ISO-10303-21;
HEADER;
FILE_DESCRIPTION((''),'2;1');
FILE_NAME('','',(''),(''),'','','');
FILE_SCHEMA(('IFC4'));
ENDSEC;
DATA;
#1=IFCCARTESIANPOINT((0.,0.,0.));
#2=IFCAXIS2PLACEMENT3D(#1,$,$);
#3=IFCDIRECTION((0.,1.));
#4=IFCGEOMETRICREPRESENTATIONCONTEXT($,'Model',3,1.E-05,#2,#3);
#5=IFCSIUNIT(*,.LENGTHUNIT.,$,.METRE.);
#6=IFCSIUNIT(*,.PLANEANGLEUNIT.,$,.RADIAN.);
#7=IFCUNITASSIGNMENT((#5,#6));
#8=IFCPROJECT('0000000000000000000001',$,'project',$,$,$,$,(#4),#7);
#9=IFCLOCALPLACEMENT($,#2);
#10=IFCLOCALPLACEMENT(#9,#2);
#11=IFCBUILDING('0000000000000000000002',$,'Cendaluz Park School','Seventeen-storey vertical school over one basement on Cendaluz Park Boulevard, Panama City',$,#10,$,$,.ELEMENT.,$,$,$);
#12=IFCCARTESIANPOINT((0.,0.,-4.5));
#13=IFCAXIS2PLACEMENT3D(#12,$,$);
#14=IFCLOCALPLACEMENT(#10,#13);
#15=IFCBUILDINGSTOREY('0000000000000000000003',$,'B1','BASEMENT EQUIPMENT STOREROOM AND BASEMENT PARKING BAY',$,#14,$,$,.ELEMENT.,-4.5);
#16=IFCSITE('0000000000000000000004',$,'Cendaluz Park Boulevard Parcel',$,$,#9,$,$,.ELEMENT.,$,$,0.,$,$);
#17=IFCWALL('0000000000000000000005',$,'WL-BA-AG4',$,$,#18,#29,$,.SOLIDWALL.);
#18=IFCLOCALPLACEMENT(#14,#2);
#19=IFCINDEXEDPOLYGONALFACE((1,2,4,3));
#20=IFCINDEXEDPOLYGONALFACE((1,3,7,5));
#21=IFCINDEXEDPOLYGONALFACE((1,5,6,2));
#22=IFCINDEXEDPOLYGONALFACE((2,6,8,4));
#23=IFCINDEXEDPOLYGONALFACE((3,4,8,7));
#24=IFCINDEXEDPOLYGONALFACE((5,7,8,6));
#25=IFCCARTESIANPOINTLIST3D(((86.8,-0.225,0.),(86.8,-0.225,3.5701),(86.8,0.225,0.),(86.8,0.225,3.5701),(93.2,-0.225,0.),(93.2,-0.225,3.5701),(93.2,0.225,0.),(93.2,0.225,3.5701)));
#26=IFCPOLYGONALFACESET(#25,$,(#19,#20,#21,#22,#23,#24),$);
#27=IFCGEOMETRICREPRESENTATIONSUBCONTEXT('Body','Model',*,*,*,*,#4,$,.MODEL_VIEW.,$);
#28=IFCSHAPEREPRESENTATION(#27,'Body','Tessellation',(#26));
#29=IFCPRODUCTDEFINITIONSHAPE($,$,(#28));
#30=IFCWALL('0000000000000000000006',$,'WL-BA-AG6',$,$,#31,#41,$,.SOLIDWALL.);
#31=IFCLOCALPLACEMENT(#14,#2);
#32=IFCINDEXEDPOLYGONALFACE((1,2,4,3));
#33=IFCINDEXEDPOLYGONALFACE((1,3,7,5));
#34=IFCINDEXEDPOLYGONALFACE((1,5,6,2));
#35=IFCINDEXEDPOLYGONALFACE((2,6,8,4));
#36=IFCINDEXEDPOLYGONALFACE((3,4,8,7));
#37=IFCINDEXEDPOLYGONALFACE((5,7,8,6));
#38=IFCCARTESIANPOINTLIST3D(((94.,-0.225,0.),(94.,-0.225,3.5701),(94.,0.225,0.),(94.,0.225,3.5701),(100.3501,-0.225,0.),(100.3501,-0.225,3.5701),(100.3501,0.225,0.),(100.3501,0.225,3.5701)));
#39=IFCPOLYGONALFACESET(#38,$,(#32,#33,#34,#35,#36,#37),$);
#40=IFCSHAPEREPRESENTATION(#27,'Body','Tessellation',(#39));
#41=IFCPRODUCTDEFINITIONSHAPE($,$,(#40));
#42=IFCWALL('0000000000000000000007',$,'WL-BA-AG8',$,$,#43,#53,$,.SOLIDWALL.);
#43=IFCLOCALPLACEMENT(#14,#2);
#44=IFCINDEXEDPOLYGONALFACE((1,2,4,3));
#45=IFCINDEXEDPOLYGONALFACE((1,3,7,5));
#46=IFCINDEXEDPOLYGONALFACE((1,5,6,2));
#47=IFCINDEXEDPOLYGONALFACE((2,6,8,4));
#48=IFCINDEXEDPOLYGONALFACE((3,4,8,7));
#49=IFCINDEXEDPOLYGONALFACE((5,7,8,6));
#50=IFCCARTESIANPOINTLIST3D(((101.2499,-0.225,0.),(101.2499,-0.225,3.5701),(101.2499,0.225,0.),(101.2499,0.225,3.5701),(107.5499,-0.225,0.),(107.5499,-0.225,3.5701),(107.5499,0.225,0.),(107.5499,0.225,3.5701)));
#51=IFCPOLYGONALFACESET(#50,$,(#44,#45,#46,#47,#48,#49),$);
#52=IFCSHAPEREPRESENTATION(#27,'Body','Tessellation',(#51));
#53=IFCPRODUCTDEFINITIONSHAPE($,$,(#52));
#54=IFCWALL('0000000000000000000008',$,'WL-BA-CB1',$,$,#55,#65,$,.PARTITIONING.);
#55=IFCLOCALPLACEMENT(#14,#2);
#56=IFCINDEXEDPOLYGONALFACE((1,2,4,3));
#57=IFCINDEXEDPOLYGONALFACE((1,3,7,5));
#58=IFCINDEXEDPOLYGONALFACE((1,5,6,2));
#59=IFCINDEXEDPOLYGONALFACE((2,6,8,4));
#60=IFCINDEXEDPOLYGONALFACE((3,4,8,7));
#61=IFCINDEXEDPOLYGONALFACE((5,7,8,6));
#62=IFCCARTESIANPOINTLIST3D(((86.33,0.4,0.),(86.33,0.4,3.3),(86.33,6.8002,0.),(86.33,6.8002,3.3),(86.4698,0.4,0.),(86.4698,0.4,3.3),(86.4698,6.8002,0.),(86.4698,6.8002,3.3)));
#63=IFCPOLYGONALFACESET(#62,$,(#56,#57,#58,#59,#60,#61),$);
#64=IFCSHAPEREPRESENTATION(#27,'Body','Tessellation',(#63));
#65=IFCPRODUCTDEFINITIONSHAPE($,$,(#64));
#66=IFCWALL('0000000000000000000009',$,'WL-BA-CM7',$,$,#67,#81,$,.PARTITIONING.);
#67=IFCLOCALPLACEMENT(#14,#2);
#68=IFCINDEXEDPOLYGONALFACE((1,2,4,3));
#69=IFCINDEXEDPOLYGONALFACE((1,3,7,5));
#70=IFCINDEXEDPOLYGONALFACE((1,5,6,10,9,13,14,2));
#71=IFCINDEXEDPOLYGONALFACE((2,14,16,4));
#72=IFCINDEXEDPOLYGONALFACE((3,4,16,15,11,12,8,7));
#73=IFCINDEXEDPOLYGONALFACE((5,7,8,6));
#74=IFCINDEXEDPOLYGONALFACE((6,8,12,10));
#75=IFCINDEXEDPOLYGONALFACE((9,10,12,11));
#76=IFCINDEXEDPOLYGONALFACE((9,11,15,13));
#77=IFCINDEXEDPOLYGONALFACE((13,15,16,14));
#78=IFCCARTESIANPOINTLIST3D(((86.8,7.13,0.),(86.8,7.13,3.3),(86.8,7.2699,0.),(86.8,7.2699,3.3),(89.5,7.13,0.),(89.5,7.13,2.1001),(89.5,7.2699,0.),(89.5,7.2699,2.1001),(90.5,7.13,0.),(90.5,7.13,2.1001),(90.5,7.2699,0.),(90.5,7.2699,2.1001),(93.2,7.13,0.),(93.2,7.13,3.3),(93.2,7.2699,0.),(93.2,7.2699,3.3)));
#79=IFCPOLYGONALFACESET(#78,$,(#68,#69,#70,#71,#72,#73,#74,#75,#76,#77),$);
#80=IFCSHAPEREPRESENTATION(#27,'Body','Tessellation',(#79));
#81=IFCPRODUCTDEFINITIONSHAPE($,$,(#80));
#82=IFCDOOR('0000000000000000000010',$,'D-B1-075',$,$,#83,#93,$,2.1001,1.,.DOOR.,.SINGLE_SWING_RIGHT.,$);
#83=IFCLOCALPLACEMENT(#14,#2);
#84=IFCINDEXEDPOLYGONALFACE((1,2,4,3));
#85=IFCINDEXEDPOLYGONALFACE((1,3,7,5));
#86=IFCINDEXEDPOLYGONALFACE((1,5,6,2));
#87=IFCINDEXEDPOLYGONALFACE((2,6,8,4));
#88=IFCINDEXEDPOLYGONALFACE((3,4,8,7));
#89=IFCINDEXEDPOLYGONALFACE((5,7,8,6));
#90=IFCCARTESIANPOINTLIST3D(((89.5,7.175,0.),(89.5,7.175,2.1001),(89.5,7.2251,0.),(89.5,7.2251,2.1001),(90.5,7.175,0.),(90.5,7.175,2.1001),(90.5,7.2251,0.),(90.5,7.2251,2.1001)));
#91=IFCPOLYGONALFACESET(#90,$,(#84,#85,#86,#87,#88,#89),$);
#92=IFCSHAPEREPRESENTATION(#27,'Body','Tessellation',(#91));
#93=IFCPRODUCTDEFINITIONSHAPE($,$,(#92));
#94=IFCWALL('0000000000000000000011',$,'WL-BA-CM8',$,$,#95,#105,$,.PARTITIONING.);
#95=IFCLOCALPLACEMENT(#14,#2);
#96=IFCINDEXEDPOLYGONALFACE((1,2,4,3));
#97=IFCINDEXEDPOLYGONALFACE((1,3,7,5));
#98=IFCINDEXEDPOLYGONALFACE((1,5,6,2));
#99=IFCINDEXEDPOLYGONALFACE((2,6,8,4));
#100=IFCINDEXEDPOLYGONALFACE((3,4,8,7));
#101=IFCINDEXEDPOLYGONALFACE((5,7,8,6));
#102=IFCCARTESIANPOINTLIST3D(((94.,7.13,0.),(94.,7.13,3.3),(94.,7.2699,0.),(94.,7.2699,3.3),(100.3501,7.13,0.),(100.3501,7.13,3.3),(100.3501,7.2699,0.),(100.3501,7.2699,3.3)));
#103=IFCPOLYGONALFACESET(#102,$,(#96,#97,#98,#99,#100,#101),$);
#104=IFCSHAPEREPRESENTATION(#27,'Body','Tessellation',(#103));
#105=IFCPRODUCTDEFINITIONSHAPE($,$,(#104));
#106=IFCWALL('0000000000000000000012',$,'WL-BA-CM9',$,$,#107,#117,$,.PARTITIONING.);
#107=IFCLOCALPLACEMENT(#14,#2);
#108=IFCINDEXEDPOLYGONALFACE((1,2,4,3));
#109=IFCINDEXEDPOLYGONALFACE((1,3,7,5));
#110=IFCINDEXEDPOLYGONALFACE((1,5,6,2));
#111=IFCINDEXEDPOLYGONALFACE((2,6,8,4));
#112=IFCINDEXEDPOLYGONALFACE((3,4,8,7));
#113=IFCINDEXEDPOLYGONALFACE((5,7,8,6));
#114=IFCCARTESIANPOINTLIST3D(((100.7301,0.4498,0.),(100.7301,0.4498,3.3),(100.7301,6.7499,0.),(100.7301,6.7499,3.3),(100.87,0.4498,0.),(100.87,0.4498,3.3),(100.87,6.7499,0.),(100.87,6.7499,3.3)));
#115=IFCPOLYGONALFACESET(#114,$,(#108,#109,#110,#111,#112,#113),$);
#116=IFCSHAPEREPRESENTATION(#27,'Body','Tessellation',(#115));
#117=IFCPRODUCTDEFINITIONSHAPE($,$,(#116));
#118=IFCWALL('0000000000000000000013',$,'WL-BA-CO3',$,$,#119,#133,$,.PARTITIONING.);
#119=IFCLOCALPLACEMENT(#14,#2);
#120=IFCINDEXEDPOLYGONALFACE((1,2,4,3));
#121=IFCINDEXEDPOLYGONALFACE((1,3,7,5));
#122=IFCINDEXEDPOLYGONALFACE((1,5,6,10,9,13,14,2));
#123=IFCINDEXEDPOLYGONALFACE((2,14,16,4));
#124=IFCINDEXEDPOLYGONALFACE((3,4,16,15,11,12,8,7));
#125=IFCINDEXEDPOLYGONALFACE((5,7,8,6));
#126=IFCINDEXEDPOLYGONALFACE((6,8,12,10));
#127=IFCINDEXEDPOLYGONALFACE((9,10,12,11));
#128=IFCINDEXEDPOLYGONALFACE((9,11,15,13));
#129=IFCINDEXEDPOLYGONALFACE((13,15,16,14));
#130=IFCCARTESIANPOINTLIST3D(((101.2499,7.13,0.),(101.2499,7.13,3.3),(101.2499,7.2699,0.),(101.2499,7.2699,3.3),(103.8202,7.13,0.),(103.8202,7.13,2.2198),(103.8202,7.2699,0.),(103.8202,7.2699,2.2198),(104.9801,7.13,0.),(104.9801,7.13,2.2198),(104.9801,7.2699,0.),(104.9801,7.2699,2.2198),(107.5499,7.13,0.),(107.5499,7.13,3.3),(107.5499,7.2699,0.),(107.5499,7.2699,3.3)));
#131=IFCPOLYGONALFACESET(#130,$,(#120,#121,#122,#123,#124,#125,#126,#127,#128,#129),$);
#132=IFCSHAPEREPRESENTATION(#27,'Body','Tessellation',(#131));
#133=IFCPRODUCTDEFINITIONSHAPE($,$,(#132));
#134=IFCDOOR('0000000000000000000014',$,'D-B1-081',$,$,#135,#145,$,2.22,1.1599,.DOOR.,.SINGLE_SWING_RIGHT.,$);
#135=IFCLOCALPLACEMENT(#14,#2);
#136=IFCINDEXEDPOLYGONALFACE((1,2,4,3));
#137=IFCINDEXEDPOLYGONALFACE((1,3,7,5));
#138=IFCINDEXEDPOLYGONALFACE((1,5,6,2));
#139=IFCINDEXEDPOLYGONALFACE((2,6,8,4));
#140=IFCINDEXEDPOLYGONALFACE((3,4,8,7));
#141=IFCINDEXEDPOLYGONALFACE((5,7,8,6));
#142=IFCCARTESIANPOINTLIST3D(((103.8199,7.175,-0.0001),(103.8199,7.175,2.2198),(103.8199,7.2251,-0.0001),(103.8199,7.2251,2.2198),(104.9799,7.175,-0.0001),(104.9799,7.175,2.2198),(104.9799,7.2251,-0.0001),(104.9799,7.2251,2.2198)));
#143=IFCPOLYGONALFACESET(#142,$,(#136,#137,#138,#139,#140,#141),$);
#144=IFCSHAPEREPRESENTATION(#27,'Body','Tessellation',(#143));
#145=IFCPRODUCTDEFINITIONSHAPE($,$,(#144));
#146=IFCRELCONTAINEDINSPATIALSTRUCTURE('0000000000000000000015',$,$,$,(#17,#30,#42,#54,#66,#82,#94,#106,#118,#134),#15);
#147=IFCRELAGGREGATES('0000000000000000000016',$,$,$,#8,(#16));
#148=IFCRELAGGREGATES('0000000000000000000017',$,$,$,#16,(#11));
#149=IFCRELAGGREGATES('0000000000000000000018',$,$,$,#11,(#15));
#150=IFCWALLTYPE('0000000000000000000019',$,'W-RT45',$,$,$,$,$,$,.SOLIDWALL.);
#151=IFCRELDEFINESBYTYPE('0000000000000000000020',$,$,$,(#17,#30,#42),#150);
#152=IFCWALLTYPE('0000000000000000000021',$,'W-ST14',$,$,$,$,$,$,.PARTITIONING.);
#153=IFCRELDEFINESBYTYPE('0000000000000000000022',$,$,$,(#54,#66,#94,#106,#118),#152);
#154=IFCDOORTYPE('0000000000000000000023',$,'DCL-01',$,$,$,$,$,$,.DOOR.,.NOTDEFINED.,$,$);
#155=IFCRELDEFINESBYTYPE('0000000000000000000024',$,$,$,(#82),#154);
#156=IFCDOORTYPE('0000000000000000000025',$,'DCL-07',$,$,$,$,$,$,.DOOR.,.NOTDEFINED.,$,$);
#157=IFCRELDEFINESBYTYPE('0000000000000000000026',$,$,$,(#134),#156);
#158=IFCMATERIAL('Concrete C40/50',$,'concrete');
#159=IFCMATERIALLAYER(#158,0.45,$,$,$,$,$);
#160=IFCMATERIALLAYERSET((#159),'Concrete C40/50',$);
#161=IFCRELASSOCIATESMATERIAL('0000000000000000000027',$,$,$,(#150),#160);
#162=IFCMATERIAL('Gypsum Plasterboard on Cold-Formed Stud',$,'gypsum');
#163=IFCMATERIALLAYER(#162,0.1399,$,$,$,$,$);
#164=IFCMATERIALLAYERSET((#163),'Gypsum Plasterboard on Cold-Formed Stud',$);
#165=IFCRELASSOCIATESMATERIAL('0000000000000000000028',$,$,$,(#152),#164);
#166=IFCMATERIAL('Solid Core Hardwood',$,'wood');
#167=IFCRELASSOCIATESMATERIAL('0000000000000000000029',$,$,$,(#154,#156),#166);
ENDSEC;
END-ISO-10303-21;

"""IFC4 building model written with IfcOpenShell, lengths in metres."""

from ifc_helpers import new_model, si_unit, direction, frame, frame_2d, origin, place, context, subcontext, project, spatial, rectangle, extrude, material, layer, layer_set, type_object, element, fill, save


model = new_model("IFC4")

# Units and contexts
model_context = context("Model", 3, precision=1e-05, world=origin(), true_north=direction((0.0, 1.0)))
body_context = subcontext(model_context, "Body", "Model", "MODEL_VIEW")
ifc_project = project(units=[si_unit("LENGTHUNIT", "METRE"), si_unit("PLANEANGLEUNIT", "RADIAN")], contexts=[model_context])

# Site, building, storey
site_placement = place(None, origin())
site = spatial("IfcSite", under=ifc_project, at=site_placement, Name="Cendaluz Park Boulevard Parcel", CompositionType="ELEMENT", RefElevation=0.0)
building_placement = place(site_placement, origin())
building = spatial("IfcBuilding", under=site, at=building_placement, Name="Cendaluz Park School", Description="Seventeen-storey vertical school over one basement on Cendaluz Park Boulevard, Panama City", CompositionType="ELEMENT")
storey_placement = place(building_placement, frame((0.0, 0.0, -4.5)))
storey = spatial("IfcBuildingStorey", under=building, at=storey_placement, Name="B1", Description="BASEMENT EQUIPMENT STOREROOM AND BASEMENT PARKING BAY", CompositionType="ELEMENT", Elevation=-4.5)

# Shared definitions
ifc_material_1 = material(Name="Concrete C40/50", Category="concrete")

# Walls
ifc_layer_1 = layer(ifc_material_1, 0.45)
ifc_layer_set_1 = layer_set([ifc_layer_1], Name="Concrete C40/50")
wall_type_1 = type_object("IfcWallType", Name="W-RT45", PredefinedType="SOLIDWALL", material=ifc_layer_set_1)
wall_1_placement = place(storey_placement, frame((86.8, 0.0, 0.0), z_axis=(0.0, 0.0, 1.0), x_axis=(1.0, 0.0, 0.0)))
element("IfcWall", 1, at=wall_1_placement, inside=storey, type_object=wall_type_1, Name="WL-BA-AG4", PredefinedType="SOLIDWALL", context=body_context, shape_type="SweptSolid", body=[
    extrude(rectangle(XDim=6.3999, YDim=0.45, at=frame_2d((3.2, 0.0))), origin(), (0.0, 0.0, 1.0), 3.5701),
])
wall_2_placement = place(storey_placement, frame((94.0, 0.0, 0.0), z_axis=(0.0, 0.0, 1.0), x_axis=(1.0, 0.0, 0.0)))
element("IfcWall", 2, at=wall_2_placement, inside=storey, type_object=wall_type_1, Name="WL-BA-AG6", PredefinedType="SOLIDWALL", context=body_context, shape_type="SweptSolid", body=[
    extrude(rectangle(XDim=6.3501, YDim=0.45, at=frame_2d((3.175, 0.0))), origin(), (0.0, 0.0, 1.0), 3.5701),
])
wall_3_placement = place(storey_placement, frame((101.25, 0.0, 0.0), z_axis=(0.0, 0.0, 1.0), x_axis=(1.0, 0.0, 0.0)))
element("IfcWall", 3, at=wall_3_placement, inside=storey, type_object=wall_type_1, Name="WL-BA-AG8", PredefinedType="SOLIDWALL", context=body_context, shape_type="SweptSolid", body=[
    extrude(rectangle(XDim=6.3, YDim=0.45, at=frame_2d((3.1499, 0.0))), origin(), (0.0, 0.0, 1.0), 3.5701),
])
ifc_material_2 = material(Name="Gypsum Plasterboard on Cold-Formed Stud", Category="gypsum")
ifc_layer_2 = layer(ifc_material_2, 0.1399)
ifc_layer_set_2 = layer_set([ifc_layer_2], Name="Gypsum Plasterboard on Cold-Formed Stud")
wall_type_2 = type_object("IfcWallType", Name="W-ST14", PredefinedType="PARTITIONING", material=ifc_layer_set_2)
wall_4_placement = place(storey_placement, frame((86.3999, 0.3999, 0.0), z_axis=(0.0, 0.0, 1.0), x_axis=(0.0, 1.0, 0.0)))
element("IfcWall", 4, at=wall_4_placement, inside=storey, type_object=wall_type_2, Name="WL-BA-CB1", PredefinedType="PARTITIONING", context=body_context, shape_type="SweptSolid", body=[
    extrude(rectangle(XDim=6.4001, YDim=0.1399, at=frame_2d((3.2002, 0.0))), origin(), (0.0, 0.0, 1.0), 3.3),
])

# Wall, opening, door
wall_5_placement = place(storey_placement, frame((86.8, 7.2, 0.0), z_axis=(0.0, 0.0, 1.0), x_axis=(1.0, 0.0, 0.0)))
wall_5 = element("IfcWall", 5, at=wall_5_placement, inside=storey, type_object=wall_type_2, Name="WL-BA-CM7", PredefinedType="PARTITIONING", context=body_context, shape_type="SweptSolid", body=[
    extrude(rectangle(XDim=6.3999, YDim=0.1399, at=frame_2d((3.2, 0.0))), origin(), (0.0, 0.0, 1.0), 3.3),
])
opening_1_placement = place(wall_5_placement, frame((2.7, 0.0, 0.0)))
opening_1 = element("IfcOpeningElement", 6, at=opening_1_placement, cuts=wall_5, PredefinedType="OPENING", context=body_context, shape_type="SweptSolid", body=[
    extrude(rectangle(XDim=1.0, YDim=2.1001, at=frame_2d((0.5, 1.05))), frame((0.0, 0.082, 0.0), z_axis=(0.0, -1.0, 0.0), x_axis=(1.0, 0.0, 0.0)), (0.0, 0.0, 1.0), 0.1638),
])
ifc_material_3 = material(Name="Solid Core Hardwood", Category="wood")
door_type_1 = type_object("IfcDoorType", Name="DCL-01", OperationType="NOTDEFINED", PredefinedType="DOOR", material=ifc_material_3)
door_1_placement = place(opening_1_placement, frame((1.0, 0.0, 0.0), z_axis=(0.0, 0.0, 1.0), x_axis=(-1.0, 0.0, 0.0)))
door_1 = element("IfcDoor", 7, at=door_1_placement, inside=storey, type_object=door_type_1, Name="D-B1-075", OperationType="SINGLE_SWING_RIGHT", OverallHeight=2.1001, OverallWidth=1.0, PredefinedType="DOOR", context=body_context, shape_type="SweptSolid", body=[
    extrude(rectangle(XDim=1.0, YDim=2.1001, at=frame_2d((0.5, 1.05))), frame((0.0, 0.0249, 0.0), z_axis=(0.0, -1.0, 0.0), x_axis=(1.0, 0.0, 0.0)), (0.0, 0.0, 1.0), 0.05),
])
fill(opening_1, door_1)

# Walls
wall_6_placement = place(storey_placement, frame((94.0, 7.2, 0.0), z_axis=(0.0, 0.0, 1.0), x_axis=(1.0, 0.0, 0.0)))
element("IfcWall", 8, at=wall_6_placement, inside=storey, type_object=wall_type_2, Name="WL-BA-CM8", PredefinedType="PARTITIONING", context=body_context, shape_type="SweptSolid", body=[
    extrude(rectangle(XDim=6.3501, YDim=0.1399, at=frame_2d((3.175, 0.0))), origin(), (0.0, 0.0, 1.0), 3.3),
])
wall_7_placement = place(storey_placement, frame((100.8, 0.45, 0.0), z_axis=(0.0, 0.0, 1.0), x_axis=(0.0, 1.0, 0.0)))
element("IfcWall", 9, at=wall_7_placement, inside=storey, type_object=wall_type_2, Name="WL-BA-CM9", PredefinedType="PARTITIONING", context=body_context, shape_type="SweptSolid", body=[
    extrude(rectangle(XDim=6.3, YDim=0.1399, at=frame_2d((3.1499, 0.0))), origin(), (0.0, 0.0, 1.0), 3.3),
])

# Wall, opening, door
wall_8_placement = place(storey_placement, frame((101.25, 7.2, 0.0), z_axis=(0.0, 0.0, 1.0), x_axis=(1.0, 0.0, 0.0)))
wall_8 = element("IfcWall", 10, at=wall_8_placement, inside=storey, type_object=wall_type_2, Name="WL-BA-CO3", PredefinedType="PARTITIONING", context=body_context, shape_type="SweptSolid", body=[
    extrude(rectangle(XDim=6.3, YDim=0.1399, at=frame_2d((3.1499, 0.0))), origin(), (0.0, 0.0, 1.0), 3.3),
])
opening_2_placement = place(wall_8_placement, frame((2.5701, 0.0, 0.0)))
opening_2 = element("IfcOpeningElement", 11, at=opening_2_placement, cuts=wall_8, PredefinedType="OPENING", context=body_context, shape_type="SweptSolid", body=[
    extrude(rectangle(XDim=1.1599, YDim=2.22, at=frame_2d((0.5801, 1.1099))), frame((0.0, 0.082, 0.0), z_axis=(0.0, -1.0, 0.0), x_axis=(1.0, 0.0, 0.0)), (0.0, 0.0, 1.0), 0.1638),
])
door_type_2 = type_object("IfcDoorType", Name="DCL-07", OperationType="NOTDEFINED", PredefinedType="DOOR", material=ifc_material_3)
door_2_placement = place(opening_2_placement, frame((1.1599, 0.0, 0.0), z_axis=(0.0, 0.0, 1.0), x_axis=(-1.0, 0.0, 0.0)))
door_2 = element("IfcDoor", 12, at=door_2_placement, inside=storey, type_object=door_type_2, Name="D-B1-081", OperationType="SINGLE_SWING_RIGHT", OverallHeight=2.22, OverallWidth=1.1599, PredefinedType="DOOR", context=body_context, shape_type="SweptSolid", body=[
    extrude(rectangle(XDim=1.1599, YDim=2.22, at=frame_2d((0.5801, 1.1099))), frame((0.0, 0.0249, 0.0), z_axis=(0.0, -1.0, 0.0), x_axis=(1.0, 0.0, 0.0)), (0.0, 0.0, 1.0), 0.05),
])
fill(opening_2, door_2)

save(model, "model.ifc")
